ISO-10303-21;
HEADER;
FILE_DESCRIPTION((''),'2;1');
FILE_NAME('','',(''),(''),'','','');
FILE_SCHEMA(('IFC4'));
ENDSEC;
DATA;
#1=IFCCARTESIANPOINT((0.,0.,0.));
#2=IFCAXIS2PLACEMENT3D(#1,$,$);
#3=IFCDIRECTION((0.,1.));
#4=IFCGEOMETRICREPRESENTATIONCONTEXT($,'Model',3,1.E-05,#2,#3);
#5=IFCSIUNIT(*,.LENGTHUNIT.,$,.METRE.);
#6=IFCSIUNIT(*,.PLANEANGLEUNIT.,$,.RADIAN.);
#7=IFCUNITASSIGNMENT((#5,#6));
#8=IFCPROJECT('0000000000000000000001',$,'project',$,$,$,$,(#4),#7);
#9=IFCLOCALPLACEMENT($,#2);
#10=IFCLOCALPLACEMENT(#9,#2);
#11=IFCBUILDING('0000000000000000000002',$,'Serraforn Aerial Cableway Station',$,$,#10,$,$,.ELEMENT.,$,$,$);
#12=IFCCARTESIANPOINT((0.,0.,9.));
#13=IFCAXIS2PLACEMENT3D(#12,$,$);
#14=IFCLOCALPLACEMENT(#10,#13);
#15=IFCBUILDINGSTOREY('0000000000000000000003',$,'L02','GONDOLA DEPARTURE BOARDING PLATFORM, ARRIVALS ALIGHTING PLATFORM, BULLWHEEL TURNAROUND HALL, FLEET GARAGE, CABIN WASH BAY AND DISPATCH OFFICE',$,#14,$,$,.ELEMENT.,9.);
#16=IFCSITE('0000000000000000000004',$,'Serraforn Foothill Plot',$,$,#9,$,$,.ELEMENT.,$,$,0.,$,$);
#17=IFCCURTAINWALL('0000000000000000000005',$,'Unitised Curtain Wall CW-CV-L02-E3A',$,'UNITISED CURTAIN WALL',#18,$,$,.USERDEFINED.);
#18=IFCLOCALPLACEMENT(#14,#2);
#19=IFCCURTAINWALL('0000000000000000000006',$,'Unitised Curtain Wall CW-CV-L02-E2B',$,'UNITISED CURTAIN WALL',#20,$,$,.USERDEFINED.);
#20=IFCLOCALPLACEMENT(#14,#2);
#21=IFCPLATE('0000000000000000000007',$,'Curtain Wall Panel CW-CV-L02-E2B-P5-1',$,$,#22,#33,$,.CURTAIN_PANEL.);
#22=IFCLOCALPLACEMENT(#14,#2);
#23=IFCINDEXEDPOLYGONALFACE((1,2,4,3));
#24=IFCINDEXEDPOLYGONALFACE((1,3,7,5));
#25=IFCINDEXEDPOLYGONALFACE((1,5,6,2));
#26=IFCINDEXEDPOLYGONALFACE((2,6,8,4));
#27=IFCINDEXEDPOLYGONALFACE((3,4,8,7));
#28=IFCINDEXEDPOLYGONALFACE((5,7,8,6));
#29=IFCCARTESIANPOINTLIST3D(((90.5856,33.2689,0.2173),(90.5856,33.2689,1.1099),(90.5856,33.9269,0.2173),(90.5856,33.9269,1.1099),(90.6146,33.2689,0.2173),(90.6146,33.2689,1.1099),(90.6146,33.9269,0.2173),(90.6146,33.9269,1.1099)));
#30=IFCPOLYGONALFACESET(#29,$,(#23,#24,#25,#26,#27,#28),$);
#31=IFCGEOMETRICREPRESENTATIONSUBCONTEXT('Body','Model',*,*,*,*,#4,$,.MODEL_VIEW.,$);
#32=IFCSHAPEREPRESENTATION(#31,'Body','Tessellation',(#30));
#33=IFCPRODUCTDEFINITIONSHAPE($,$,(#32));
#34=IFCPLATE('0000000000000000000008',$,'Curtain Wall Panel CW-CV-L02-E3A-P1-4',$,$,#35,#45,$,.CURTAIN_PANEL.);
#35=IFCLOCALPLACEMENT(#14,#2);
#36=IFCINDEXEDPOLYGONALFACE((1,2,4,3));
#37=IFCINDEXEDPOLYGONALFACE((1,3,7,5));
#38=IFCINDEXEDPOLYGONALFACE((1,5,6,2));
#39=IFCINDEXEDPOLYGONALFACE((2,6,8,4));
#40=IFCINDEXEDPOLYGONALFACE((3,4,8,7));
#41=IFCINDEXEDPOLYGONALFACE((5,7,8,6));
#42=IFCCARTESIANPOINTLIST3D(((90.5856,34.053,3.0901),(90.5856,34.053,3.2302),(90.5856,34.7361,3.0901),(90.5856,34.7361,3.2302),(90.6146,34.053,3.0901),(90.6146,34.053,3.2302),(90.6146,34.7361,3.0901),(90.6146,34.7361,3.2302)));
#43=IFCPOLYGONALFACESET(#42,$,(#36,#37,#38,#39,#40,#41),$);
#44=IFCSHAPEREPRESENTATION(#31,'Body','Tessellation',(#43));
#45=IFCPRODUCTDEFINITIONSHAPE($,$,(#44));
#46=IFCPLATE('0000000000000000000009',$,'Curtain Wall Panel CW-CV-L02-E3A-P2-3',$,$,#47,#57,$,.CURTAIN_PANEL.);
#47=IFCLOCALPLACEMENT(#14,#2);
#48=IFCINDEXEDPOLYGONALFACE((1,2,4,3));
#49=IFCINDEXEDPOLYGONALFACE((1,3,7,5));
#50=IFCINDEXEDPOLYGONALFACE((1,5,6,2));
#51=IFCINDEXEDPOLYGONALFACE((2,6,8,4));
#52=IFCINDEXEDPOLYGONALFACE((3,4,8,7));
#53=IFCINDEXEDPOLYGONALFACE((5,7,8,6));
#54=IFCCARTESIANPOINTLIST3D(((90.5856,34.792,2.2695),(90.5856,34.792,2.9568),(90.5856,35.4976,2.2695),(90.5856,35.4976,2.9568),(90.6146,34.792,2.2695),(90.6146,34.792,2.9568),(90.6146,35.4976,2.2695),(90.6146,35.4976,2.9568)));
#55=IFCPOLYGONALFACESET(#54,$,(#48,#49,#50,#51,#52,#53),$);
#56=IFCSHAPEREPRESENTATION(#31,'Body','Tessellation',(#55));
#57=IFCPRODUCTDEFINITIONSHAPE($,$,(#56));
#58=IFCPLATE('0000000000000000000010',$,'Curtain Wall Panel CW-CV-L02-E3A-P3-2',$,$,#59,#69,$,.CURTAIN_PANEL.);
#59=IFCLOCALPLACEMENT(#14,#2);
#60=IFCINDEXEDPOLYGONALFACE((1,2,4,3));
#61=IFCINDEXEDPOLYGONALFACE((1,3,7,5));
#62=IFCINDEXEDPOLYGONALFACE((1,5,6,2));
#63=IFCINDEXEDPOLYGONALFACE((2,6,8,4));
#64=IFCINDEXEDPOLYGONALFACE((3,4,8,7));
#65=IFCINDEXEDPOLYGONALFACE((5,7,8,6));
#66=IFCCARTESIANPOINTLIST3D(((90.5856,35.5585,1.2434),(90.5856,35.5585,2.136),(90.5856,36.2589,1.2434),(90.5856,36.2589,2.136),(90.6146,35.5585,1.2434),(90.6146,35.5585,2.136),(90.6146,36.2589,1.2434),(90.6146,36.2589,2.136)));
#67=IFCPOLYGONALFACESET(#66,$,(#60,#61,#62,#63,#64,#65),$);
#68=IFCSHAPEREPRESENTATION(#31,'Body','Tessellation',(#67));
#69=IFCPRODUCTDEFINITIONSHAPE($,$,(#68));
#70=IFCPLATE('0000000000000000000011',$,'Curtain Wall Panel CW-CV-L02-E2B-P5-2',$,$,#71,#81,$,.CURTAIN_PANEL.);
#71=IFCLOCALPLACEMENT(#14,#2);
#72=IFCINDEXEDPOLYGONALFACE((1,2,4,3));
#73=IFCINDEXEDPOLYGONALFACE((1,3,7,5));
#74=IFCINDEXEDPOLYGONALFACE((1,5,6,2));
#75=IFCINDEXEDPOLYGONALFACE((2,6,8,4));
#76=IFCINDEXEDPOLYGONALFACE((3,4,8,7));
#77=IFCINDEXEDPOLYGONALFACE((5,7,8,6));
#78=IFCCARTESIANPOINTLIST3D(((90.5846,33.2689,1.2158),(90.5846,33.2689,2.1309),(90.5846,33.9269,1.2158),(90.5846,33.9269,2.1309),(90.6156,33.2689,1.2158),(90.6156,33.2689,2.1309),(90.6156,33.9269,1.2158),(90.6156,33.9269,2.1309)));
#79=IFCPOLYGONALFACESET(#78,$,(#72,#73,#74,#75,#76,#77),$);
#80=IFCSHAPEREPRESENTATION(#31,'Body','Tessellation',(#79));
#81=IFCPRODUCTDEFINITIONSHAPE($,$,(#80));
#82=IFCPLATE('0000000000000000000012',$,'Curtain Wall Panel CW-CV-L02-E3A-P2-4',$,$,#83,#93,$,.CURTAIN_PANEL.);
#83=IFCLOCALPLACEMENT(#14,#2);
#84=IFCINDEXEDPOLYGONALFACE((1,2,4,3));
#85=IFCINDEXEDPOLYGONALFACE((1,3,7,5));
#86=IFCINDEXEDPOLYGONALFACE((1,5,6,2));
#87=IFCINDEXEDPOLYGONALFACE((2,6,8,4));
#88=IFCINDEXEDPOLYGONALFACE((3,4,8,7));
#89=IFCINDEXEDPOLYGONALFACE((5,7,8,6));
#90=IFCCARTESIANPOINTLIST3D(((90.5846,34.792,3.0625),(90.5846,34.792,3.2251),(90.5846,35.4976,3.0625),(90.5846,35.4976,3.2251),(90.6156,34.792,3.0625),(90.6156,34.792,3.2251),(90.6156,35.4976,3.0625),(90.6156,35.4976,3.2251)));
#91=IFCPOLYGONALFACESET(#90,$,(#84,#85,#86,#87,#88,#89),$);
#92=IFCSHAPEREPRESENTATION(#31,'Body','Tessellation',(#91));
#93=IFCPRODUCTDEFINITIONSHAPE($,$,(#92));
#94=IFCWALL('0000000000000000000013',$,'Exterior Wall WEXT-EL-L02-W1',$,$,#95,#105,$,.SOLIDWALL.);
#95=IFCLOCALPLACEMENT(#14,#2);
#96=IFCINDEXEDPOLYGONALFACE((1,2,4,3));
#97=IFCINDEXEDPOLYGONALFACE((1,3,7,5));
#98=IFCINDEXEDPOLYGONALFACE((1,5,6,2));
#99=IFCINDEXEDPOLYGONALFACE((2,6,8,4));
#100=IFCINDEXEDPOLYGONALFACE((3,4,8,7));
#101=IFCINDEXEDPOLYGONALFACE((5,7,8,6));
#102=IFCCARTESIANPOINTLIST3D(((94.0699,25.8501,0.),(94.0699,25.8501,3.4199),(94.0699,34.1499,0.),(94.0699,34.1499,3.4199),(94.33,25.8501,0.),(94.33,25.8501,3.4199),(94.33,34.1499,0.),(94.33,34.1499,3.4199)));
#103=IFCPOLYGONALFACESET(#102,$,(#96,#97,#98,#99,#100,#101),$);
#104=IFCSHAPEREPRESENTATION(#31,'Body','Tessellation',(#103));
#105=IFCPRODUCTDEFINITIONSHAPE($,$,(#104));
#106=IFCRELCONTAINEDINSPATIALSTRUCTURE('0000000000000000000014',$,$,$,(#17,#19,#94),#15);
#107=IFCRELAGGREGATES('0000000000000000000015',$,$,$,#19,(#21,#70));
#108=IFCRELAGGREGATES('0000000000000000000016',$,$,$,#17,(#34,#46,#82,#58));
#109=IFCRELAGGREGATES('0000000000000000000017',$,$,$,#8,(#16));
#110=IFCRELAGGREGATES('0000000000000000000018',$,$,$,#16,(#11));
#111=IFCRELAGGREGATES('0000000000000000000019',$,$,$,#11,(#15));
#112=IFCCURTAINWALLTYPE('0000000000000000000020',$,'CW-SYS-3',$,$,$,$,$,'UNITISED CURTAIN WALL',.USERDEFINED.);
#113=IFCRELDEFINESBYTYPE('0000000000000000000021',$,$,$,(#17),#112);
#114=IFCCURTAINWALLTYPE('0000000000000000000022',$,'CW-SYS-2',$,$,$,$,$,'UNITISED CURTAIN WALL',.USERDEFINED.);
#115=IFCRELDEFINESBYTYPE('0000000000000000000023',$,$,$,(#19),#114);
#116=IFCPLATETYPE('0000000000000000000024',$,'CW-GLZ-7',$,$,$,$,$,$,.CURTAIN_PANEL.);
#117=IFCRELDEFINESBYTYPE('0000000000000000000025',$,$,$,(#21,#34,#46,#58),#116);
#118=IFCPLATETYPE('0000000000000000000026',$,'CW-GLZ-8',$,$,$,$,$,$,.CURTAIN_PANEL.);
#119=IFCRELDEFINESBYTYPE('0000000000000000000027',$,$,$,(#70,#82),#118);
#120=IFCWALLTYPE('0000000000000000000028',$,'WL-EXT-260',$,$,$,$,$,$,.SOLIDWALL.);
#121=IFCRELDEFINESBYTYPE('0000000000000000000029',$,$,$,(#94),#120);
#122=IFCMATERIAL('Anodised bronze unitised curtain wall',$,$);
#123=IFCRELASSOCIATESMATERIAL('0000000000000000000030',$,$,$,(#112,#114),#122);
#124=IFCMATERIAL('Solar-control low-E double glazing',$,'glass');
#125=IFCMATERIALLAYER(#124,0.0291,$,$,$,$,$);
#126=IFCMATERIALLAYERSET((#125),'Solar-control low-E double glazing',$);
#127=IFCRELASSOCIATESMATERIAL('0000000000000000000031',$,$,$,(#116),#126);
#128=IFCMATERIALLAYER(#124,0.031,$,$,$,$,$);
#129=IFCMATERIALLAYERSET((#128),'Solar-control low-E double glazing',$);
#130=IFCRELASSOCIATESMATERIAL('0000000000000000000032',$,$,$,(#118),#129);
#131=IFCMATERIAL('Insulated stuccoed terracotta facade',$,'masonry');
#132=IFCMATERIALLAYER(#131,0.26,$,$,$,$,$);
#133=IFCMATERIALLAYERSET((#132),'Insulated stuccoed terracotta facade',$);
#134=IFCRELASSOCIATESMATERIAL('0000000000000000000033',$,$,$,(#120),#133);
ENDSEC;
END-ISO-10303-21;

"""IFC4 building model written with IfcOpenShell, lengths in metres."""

from ifc_helpers import new_model, si_unit, direction, frame, frame_2d, origin, origin_2d, place, context, subcontext, project, spatial, rectangle, extrude, material, layer, layer_set, type_object, element, aggregate, save


model = new_model("IFC4")

# Units and contexts
model_context = context("Model", 3, precision=1e-05, world=origin(), true_north=direction((0.0, 1.0)))
body_context = subcontext(model_context, "Body", "Model", "MODEL_VIEW")
ifc_project = project(units=[si_unit("LENGTHUNIT", "METRE"), si_unit("PLANEANGLEUNIT", "RADIAN")], contexts=[model_context])

# Site, building, storey
site_placement = place(None, origin())
site = spatial("IfcSite", under=ifc_project, at=site_placement, Name="Serraforn Foothill Plot", CompositionType="ELEMENT", RefElevation=0.0)
building_placement = place(site_placement, origin())
building = spatial("IfcBuilding", under=site, at=building_placement, Name="Serraforn Aerial Cableway Station", CompositionType="ELEMENT")
storey_placement = place(building_placement, frame((0.0, 0.0, 9.0)))
storey = spatial("IfcBuildingStorey", under=building, at=storey_placement, Name="L02", Description="GONDOLA DEPARTURE BOARDING PLATFORM, ARRIVALS ALIGHTING PLATFORM, BULLWHEEL TURNAROUND HALL, FLEET GARAGE, CABIN WASH BAY AND DISPATCH OFFICE", CompositionType="ELEMENT", Elevation=9.0)

# Curtain wall
ifc_material_1 = material(Name="Anodised bronze unitised curtain wall")
curtain_wall_type_1 = type_object("IfcCurtainWallType", Name="CW-SYS-3", ElementType="UNITISED CURTAIN WALL", PredefinedType="USERDEFINED", material=ifc_material_1)
curtain_wall_1_placement = place(storey_placement, origin())
curtain_wall_1 = element("IfcCurtainWall", 1, at=curtain_wall_1_placement, inside=storey, type_object=curtain_wall_type_1, Name="Unitised Curtain Wall CW-CV-L02-E3A", ObjectType="UNITISED CURTAIN WALL", PredefinedType="USERDEFINED")

# Curtain wall
curtain_wall_type_2 = type_object("IfcCurtainWallType", Name="CW-SYS-2", ElementType="UNITISED CURTAIN WALL", PredefinedType="USERDEFINED", material=ifc_material_1)
curtain_wall_2_placement = place(storey_placement, origin())
curtain_wall_2 = element("IfcCurtainWall", 2, at=curtain_wall_2_placement, inside=storey, type_object=curtain_wall_type_2, Name="Unitised Curtain Wall CW-CV-L02-E2B", ObjectType="UNITISED CURTAIN WALL", PredefinedType="USERDEFINED")

# Plates
ifc_material_2 = material(Name="Solar-control low-E double glazing", Category="glass")
ifc_layer_1 = layer(ifc_material_2, 0.0291)
ifc_layer_set_1 = layer_set([ifc_layer_1], Name="Solar-control low-E double glazing")
plate_type_1 = type_object("IfcPlateType", Name="CW-GLZ-7", PredefinedType="CURTAIN_PANEL", material=ifc_layer_set_1)
plate_1_placement = place(storey_placement, frame((90.6001, 33.5979, 0.2173), z_axis=(0.0, 0.0, 1.0), x_axis=(1.0, 0.0, 0.0)))
plate_1 = element("IfcPlate", 3, at=plate_1_placement, type_object=plate_type_1, Name="Curtain Wall Panel CW-CV-L02-E2B-P5-1", PredefinedType="CURTAIN_PANEL", context=body_context, shape_type="SweptSolid", body=[
    extrude(rectangle(XDim=0.0291, YDim=0.658, at=origin_2d()), origin(), (0.0, 0.0, 1.0), 0.8926),
])
plate_2_placement = place(storey_placement, frame((90.6001, 34.3945, 3.0901), z_axis=(0.0, 0.0, 1.0), x_axis=(1.0, 0.0, 0.0)))
plate_2 = element("IfcPlate", 4, at=plate_2_placement, type_object=plate_type_1, Name="Curtain Wall Panel CW-CV-L02-E3A-P1-4", PredefinedType="CURTAIN_PANEL", context=body_context, shape_type="SweptSolid", body=[
    extrude(rectangle(XDim=0.0291, YDim=0.6831, at=origin_2d()), origin(), (0.0, 0.0, 1.0), 0.1401),
])
plate_3_placement = place(storey_placement, frame((90.6001, 35.1448, 2.2695), z_axis=(0.0, 0.0, 1.0), x_axis=(1.0, 0.0, 0.0)))
plate_3 = element("IfcPlate", 5, at=plate_3_placement, type_object=plate_type_1, Name="Curtain Wall Panel CW-CV-L02-E3A-P2-3", PredefinedType="CURTAIN_PANEL", context=body_context, shape_type="SweptSolid", body=[
    extrude(rectangle(XDim=0.0291, YDim=0.7056, at=origin_2d()), origin(), (0.0, 0.0, 1.0), 0.6873),
])
plate_4_placement = place(storey_placement, frame((90.6001, 35.9087, 1.2434), z_axis=(0.0, 0.0, 1.0), x_axis=(1.0, 0.0, 0.0)))
plate_4 = element("IfcPlate", 6, at=plate_4_placement, type_object=plate_type_1, Name="Curtain Wall Panel CW-CV-L02-E3A-P3-2", PredefinedType="CURTAIN_PANEL", context=body_context, shape_type="SweptSolid", body=[
    extrude(rectangle(XDim=0.0291, YDim=0.7004, at=origin_2d()), origin(), (0.0, 0.0, 1.0), 0.8926),
])
ifc_layer_2 = layer(ifc_material_2, 0.031)
ifc_layer_set_2 = layer_set([ifc_layer_2], Name="Solar-control low-E double glazing")
plate_type_2 = type_object("IfcPlateType", Name="CW-GLZ-8", PredefinedType="CURTAIN_PANEL", material=ifc_layer_set_2)
plate_5_placement = place(storey_placement, frame((90.6001, 33.5979, 1.2158), z_axis=(0.0, 0.0, 1.0), x_axis=(1.0, 0.0, 0.0)))
plate_5 = element("IfcPlate", 7, at=plate_5_placement, type_object=plate_type_2, Name="Curtain Wall Panel CW-CV-L02-E2B-P5-2", PredefinedType="CURTAIN_PANEL", context=body_context, shape_type="SweptSolid", body=[
    extrude(rectangle(XDim=0.031, YDim=0.658, at=origin_2d()), origin(), (0.0, 0.0, 1.0), 0.915),
])
aggregate(curtain_wall_2, [plate_1, plate_5])
plate_6_placement = place(storey_placement, frame((90.6001, 35.1448, 3.0625), z_axis=(0.0, 0.0, 1.0), x_axis=(1.0, 0.0, 0.0)))
plate_6 = element("IfcPlate", 8, at=plate_6_placement, type_object=plate_type_2, Name="Curtain Wall Panel CW-CV-L02-E3A-P2-4", PredefinedType="CURTAIN_PANEL", context=body_context, shape_type="SweptSolid", body=[
    extrude(rectangle(XDim=0.031, YDim=0.7056, at=origin_2d()), origin(), (0.0, 0.0, 1.0), 0.1626),
])
aggregate(curtain_wall_1, [plate_2, plate_3, plate_6, plate_4])

# Wall
ifc_material_3 = material(Name="Insulated stuccoed terracotta facade", Category="masonry")
ifc_layer_3 = layer(ifc_material_3, 0.26)
ifc_layer_set_3 = layer_set([ifc_layer_3], Name="Insulated stuccoed terracotta facade")
wall_type = type_object("IfcWallType", Name="WL-EXT-260", PredefinedType="SOLIDWALL", material=ifc_layer_set_3)
wall_placement = place(storey_placement, frame((94.2, 34.1499, 0.0), z_axis=(0.0, 0.0, 1.0), x_axis=(0.0, -1.0, 0.0)))
element("IfcWall", 9, at=wall_placement, inside=storey, type_object=wall_type, Name="Exterior Wall WEXT-EL-L02-W1", PredefinedType="SOLIDWALL", context=body_context, shape_type="SweptSolid", body=[
    extrude(rectangle(XDim=8.2998, YDim=0.26, at=frame_2d((4.1499, 0.0))), origin(), (0.0, 0.0, 1.0), 3.4199),
])

save(model, "model.ifc")
